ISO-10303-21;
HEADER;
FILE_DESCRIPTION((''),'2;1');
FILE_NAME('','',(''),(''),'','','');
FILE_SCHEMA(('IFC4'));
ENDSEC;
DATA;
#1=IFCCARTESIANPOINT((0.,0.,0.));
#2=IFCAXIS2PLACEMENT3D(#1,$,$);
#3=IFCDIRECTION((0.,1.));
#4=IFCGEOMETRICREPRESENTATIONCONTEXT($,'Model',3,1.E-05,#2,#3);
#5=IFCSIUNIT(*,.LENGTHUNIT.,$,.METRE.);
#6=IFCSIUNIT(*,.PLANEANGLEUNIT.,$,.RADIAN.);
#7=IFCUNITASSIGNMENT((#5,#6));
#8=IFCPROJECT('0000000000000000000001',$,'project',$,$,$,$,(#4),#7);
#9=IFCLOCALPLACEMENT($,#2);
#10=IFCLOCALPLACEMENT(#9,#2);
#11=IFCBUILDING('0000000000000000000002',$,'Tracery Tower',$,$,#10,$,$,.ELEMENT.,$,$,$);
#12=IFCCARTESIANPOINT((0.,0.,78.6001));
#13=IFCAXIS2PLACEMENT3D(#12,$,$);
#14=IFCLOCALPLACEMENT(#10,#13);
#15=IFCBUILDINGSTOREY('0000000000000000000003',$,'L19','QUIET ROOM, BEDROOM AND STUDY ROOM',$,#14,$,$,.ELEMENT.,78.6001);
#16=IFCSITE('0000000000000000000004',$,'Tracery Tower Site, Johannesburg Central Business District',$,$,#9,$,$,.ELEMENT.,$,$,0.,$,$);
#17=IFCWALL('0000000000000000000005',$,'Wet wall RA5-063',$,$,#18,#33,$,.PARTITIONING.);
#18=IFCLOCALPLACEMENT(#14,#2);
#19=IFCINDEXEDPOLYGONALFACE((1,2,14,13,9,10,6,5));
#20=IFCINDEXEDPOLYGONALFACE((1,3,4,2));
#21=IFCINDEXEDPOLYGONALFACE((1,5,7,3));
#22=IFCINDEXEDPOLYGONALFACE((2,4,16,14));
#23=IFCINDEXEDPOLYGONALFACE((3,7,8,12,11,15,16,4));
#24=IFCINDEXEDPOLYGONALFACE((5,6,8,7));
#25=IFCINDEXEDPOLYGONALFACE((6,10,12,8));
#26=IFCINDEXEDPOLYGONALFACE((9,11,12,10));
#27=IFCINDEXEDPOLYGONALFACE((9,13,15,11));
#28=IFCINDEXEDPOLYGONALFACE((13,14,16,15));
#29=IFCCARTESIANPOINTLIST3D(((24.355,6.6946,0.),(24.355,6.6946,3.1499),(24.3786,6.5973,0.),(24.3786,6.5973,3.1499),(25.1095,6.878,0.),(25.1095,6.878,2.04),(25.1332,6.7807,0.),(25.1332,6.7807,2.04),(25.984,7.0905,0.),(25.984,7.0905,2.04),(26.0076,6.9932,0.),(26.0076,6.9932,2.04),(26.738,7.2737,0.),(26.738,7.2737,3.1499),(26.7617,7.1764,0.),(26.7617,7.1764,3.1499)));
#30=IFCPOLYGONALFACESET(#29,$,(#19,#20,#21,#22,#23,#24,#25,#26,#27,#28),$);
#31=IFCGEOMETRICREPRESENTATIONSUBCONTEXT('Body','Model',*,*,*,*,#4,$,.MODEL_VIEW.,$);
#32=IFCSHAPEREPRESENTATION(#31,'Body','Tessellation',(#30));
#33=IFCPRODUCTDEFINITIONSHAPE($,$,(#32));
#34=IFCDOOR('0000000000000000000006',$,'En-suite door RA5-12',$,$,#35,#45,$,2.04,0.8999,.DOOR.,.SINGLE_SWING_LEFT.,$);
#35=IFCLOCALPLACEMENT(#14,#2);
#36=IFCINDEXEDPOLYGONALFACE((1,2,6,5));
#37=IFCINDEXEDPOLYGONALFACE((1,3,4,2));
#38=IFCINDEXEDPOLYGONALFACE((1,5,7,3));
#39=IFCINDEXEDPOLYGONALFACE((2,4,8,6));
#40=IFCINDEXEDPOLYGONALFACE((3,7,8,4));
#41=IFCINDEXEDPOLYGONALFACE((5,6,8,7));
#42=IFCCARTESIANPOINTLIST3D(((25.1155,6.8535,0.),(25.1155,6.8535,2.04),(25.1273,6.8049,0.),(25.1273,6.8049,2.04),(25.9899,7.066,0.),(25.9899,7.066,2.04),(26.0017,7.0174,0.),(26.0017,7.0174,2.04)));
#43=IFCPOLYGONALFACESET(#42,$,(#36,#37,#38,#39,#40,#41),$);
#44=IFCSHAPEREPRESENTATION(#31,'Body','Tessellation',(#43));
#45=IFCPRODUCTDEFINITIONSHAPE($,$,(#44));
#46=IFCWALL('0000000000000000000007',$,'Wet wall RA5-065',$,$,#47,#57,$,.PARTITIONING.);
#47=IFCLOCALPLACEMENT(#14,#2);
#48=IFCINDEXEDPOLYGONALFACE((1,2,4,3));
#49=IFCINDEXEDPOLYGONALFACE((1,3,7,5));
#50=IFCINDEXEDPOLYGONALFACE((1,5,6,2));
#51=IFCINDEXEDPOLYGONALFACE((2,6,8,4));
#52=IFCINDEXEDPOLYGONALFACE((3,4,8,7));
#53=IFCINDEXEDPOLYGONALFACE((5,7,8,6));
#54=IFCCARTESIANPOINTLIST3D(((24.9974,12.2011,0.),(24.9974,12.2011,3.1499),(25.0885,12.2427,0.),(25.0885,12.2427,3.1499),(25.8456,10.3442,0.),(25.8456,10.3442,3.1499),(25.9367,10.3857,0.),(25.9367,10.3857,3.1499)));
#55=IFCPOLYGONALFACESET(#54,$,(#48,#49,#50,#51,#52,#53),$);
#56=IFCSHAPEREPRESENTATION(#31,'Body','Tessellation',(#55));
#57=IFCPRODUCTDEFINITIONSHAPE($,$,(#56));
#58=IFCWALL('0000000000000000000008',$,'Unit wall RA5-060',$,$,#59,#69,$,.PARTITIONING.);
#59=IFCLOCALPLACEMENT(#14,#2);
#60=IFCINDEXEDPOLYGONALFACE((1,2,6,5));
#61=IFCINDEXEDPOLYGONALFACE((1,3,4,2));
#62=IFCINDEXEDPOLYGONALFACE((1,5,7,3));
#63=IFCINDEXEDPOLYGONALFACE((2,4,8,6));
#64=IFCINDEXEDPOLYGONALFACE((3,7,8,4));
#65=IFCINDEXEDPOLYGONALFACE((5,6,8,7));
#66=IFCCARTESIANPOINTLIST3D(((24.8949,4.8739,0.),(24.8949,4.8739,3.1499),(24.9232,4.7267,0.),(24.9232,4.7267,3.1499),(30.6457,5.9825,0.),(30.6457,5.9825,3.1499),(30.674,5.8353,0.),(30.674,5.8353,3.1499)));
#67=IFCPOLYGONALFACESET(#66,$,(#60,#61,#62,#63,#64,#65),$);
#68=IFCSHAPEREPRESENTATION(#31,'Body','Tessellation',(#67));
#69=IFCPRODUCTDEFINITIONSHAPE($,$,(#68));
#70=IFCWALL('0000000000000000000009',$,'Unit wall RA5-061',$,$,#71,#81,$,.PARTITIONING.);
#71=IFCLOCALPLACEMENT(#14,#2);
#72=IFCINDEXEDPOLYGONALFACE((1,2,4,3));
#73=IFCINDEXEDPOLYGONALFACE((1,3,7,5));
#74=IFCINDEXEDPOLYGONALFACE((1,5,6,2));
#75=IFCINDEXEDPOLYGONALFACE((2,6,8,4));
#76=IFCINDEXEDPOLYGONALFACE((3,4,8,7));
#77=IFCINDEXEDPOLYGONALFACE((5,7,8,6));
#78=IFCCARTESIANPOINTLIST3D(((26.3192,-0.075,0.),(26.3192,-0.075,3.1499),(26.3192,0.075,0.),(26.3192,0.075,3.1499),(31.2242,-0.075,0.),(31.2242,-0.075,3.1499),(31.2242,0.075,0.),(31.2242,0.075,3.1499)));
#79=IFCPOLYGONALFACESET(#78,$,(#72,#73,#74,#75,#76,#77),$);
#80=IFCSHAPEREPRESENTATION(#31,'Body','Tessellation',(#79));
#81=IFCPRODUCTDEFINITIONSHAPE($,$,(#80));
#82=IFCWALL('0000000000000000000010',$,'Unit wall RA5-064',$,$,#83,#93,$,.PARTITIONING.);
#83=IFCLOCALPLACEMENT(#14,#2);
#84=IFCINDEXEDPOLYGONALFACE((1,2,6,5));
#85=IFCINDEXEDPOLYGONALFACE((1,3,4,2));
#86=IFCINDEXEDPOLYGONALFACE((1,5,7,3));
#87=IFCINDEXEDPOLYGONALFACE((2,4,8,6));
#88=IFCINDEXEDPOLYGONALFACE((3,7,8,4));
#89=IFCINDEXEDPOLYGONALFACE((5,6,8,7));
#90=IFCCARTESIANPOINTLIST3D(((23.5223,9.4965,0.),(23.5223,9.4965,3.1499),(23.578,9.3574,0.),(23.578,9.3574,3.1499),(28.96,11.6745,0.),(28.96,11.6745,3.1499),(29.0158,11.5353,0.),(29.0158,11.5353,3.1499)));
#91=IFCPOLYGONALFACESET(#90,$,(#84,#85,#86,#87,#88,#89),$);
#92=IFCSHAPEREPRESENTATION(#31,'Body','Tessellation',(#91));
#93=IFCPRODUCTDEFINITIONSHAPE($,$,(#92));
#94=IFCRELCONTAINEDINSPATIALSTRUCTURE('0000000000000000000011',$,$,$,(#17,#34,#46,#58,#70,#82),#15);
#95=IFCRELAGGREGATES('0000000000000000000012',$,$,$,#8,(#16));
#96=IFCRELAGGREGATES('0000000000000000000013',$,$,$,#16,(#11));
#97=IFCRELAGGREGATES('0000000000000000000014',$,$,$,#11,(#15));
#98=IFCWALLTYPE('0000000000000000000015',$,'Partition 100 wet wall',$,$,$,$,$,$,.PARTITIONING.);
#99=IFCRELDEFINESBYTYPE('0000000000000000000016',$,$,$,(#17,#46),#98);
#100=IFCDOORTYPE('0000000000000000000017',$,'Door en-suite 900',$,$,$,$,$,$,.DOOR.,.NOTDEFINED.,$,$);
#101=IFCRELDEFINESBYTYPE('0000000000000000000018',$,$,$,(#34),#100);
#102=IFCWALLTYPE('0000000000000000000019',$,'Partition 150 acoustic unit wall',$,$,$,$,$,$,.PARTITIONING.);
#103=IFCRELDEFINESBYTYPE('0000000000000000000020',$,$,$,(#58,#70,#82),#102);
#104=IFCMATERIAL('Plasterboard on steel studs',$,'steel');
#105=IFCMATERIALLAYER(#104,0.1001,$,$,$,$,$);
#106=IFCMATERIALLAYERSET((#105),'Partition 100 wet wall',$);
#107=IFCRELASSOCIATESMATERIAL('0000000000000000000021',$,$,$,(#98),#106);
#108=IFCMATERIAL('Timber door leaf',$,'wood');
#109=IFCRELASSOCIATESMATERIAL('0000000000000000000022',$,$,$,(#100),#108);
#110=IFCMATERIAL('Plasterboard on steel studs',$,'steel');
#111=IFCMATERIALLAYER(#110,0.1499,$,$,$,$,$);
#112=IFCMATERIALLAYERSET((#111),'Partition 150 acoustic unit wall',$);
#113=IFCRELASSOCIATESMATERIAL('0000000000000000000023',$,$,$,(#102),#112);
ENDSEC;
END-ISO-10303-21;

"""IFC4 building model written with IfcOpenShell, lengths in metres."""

from ifc_helpers import new_model, si_unit, direction, frame, frame_2d, origin, place, context, subcontext, project, spatial, rectangle, extrude, material, layer, layer_set, type_object, element, fill, save


model = new_model("IFC4")

# Units and contexts
model_context = context("Model", 3, precision=1e-05, world=origin(), true_north=direction((0.0, 1.0)))
body_context = subcontext(model_context, "Body", "Model", "MODEL_VIEW")
ifc_project = project(units=[si_unit("LENGTHUNIT", "METRE"), si_unit("PLANEANGLEUNIT", "RADIAN")], contexts=[model_context])

# Site, building, storey
site_placement = place(None, origin())
site = spatial("IfcSite", under=ifc_project, at=site_placement, Name="Tracery Tower Site, Johannesburg Central Business District", CompositionType="ELEMENT", RefElevation=0.0)
building_placement = place(site_placement, origin())
building = spatial("IfcBuilding", under=site, at=building_placement, Name="Tracery Tower", CompositionType="ELEMENT")
storey_placement = place(building_placement, frame((0.0, 0.0, 78.6001)))
storey = spatial("IfcBuildingStorey", under=building, at=storey_placement, Name="L19", Description="QUIET ROOM, BEDROOM AND STUDY ROOM", CompositionType="ELEMENT", Elevation=78.6001)

# Shared definitions
ifc_material_1 = material(Name="Plasterboard on steel studs", Category="steel")
ifc_layer_1 = layer(ifc_material_1, 0.1001)
ifc_layer_set_1 = layer_set([ifc_layer_1], Name="Partition 100 wet wall")
wall_type_1 = type_object("IfcWallType", Name="Partition 100 wet wall", PredefinedType="PARTITIONING", material=ifc_layer_set_1)

# Shared definitions
ifc_material_2 = material(Name="Timber door leaf", Category="wood")
door_type = type_object("IfcDoorType", Name="Door en-suite 900", OperationType="NOTDEFINED", PredefinedType="DOOR", material=ifc_material_2)

# Wall, opening, door
wall_1_placement = place(storey_placement, frame((24.3669, 6.646, 0.0), z_axis=(0.0, 0.0, 1.0), x_axis=(0.97172, 0.236136, 0.0)))
wall_1 = element("IfcWall", 1, at=wall_1_placement, inside=storey, type_object=wall_type_1, Name="Wet wall RA5-063", PredefinedType="PARTITIONING", context=body_context, shape_type="SweptSolid", body=[
    extrude(rectangle(XDim=2.4524, YDim=0.1001, at=frame_2d((1.2261, 0.0))), origin(), (0.0, 0.0, 1.0), 3.1499),
])
opening_1_placement = place(wall_1_placement, frame((0.7764, 0.0, 0.0)))
opening_1 = element("IfcOpeningElement", 2, at=opening_1_placement, cuts=wall_1, PredefinedType="OPENING", context=body_context, shape_type="SweptSolid", body=[
    extrude(rectangle(XDim=0.8999, YDim=2.04, at=frame_2d((0.45, 1.02))), frame((0.0, 0.05, 0.0), z_axis=(0.0, -1.0, 0.0), x_axis=(1.0, 0.0, 0.0)), (0.0, 0.0, 1.0), 0.1001),
])
door_1_placement = place(opening_1_placement, origin())
door_1 = element("IfcDoor", 3, at=door_1_placement, inside=storey, type_object=door_type, Name="En-suite door RA5-12", OperationType="SINGLE_SWING_LEFT", OverallHeight=2.04, OverallWidth=0.8999, PredefinedType="DOOR", context=body_context, shape_type="SweptSolid", body=[
    extrude(rectangle(XDim=0.8999, YDim=2.04, at=frame_2d((0.45, 1.02))), frame((0.0, 0.0249, 0.0), z_axis=(0.0, -1.0, 0.0), x_axis=(1.0, 0.0, 0.0)), (0.0, 0.0, 1.0), 0.05),
])
fill(opening_1, door_1)

# Walls
wall_2_placement = place(storey_placement, frame((25.043, 12.2219, 0.0), z_axis=(0.0, 0.0, 1.0), x_axis=(0.41546, -0.909611, 0.0)))
element("IfcWall", 4, at=wall_2_placement, inside=storey, type_object=wall_type_1, Name="Wet wall RA5-065", PredefinedType="PARTITIONING", context=body_context, shape_type="SweptSolid", body=[
    extrude(rectangle(XDim=2.0415, YDim=0.1001, at=frame_2d((1.0208, 0.0))), origin(), (0.0, 0.0, 1.0), 3.1499),
])
ifc_material_3 = material(Name="Plasterboard on steel studs", Category="steel")
ifc_layer_2 = layer(ifc_material_3, 0.1499)
ifc_layer_set_2 = layer_set([ifc_layer_2], Name="Partition 150 acoustic unit wall")
wall_type_2 = type_object("IfcWallType", Name="Partition 150 acoustic unit wall", PredefinedType="PARTITIONING", material=ifc_layer_set_2)
wall_3_placement = place(storey_placement, frame((24.9092, 4.8003, 0.0), z_axis=(0.0, 0.0, 1.0), x_axis=(0.98192, 0.189297, 0.0)))
element("IfcWall", 5, at=wall_3_placement, inside=storey, type_object=wall_type_2, Name="Unit wall RA5-060", PredefinedType="PARTITIONING", context=body_context, shape_type="SweptSolid", body=[
    extrude(rectangle(XDim=5.8567, YDim=0.1499, at=frame_2d((2.9282, 0.0))), origin(), (0.0, 0.0, 1.0), 3.1499),
])
wall_4_placement = place(storey_placement, frame((26.3191, 0.0, 0.0), z_axis=(0.0, 0.0, 1.0), x_axis=(1.0, 0.0, 0.0)))
element("IfcWall", 6, at=wall_4_placement, inside=storey, type_object=wall_type_2, Name="Unit wall RA5-061", PredefinedType="PARTITIONING", context=body_context, shape_type="SweptSolid", body=[
    extrude(rectangle(XDim=4.905, YDim=0.1499, at=frame_2d((2.4526, 0.0))), origin(), (0.0, 0.0, 1.0), 3.1499),
])
wall_5_placement = place(storey_placement, frame((23.5503, 9.427, 0.0), z_axis=(0.0, 0.0, 1.0), x_axis=(0.928307, 0.371815, 0.0)))
element("IfcWall", 7, at=wall_5_placement, inside=storey, type_object=wall_type_2, Name="Unit wall RA5-064", PredefinedType="PARTITIONING", context=body_context, shape_type="SweptSolid", body=[
    extrude(rectangle(XDim=5.8577, YDim=0.1499, at=frame_2d((2.9287, 0.0))), origin(), (0.0, 0.0, 1.0), 3.1499),
])

save(model, "model.ifc")
